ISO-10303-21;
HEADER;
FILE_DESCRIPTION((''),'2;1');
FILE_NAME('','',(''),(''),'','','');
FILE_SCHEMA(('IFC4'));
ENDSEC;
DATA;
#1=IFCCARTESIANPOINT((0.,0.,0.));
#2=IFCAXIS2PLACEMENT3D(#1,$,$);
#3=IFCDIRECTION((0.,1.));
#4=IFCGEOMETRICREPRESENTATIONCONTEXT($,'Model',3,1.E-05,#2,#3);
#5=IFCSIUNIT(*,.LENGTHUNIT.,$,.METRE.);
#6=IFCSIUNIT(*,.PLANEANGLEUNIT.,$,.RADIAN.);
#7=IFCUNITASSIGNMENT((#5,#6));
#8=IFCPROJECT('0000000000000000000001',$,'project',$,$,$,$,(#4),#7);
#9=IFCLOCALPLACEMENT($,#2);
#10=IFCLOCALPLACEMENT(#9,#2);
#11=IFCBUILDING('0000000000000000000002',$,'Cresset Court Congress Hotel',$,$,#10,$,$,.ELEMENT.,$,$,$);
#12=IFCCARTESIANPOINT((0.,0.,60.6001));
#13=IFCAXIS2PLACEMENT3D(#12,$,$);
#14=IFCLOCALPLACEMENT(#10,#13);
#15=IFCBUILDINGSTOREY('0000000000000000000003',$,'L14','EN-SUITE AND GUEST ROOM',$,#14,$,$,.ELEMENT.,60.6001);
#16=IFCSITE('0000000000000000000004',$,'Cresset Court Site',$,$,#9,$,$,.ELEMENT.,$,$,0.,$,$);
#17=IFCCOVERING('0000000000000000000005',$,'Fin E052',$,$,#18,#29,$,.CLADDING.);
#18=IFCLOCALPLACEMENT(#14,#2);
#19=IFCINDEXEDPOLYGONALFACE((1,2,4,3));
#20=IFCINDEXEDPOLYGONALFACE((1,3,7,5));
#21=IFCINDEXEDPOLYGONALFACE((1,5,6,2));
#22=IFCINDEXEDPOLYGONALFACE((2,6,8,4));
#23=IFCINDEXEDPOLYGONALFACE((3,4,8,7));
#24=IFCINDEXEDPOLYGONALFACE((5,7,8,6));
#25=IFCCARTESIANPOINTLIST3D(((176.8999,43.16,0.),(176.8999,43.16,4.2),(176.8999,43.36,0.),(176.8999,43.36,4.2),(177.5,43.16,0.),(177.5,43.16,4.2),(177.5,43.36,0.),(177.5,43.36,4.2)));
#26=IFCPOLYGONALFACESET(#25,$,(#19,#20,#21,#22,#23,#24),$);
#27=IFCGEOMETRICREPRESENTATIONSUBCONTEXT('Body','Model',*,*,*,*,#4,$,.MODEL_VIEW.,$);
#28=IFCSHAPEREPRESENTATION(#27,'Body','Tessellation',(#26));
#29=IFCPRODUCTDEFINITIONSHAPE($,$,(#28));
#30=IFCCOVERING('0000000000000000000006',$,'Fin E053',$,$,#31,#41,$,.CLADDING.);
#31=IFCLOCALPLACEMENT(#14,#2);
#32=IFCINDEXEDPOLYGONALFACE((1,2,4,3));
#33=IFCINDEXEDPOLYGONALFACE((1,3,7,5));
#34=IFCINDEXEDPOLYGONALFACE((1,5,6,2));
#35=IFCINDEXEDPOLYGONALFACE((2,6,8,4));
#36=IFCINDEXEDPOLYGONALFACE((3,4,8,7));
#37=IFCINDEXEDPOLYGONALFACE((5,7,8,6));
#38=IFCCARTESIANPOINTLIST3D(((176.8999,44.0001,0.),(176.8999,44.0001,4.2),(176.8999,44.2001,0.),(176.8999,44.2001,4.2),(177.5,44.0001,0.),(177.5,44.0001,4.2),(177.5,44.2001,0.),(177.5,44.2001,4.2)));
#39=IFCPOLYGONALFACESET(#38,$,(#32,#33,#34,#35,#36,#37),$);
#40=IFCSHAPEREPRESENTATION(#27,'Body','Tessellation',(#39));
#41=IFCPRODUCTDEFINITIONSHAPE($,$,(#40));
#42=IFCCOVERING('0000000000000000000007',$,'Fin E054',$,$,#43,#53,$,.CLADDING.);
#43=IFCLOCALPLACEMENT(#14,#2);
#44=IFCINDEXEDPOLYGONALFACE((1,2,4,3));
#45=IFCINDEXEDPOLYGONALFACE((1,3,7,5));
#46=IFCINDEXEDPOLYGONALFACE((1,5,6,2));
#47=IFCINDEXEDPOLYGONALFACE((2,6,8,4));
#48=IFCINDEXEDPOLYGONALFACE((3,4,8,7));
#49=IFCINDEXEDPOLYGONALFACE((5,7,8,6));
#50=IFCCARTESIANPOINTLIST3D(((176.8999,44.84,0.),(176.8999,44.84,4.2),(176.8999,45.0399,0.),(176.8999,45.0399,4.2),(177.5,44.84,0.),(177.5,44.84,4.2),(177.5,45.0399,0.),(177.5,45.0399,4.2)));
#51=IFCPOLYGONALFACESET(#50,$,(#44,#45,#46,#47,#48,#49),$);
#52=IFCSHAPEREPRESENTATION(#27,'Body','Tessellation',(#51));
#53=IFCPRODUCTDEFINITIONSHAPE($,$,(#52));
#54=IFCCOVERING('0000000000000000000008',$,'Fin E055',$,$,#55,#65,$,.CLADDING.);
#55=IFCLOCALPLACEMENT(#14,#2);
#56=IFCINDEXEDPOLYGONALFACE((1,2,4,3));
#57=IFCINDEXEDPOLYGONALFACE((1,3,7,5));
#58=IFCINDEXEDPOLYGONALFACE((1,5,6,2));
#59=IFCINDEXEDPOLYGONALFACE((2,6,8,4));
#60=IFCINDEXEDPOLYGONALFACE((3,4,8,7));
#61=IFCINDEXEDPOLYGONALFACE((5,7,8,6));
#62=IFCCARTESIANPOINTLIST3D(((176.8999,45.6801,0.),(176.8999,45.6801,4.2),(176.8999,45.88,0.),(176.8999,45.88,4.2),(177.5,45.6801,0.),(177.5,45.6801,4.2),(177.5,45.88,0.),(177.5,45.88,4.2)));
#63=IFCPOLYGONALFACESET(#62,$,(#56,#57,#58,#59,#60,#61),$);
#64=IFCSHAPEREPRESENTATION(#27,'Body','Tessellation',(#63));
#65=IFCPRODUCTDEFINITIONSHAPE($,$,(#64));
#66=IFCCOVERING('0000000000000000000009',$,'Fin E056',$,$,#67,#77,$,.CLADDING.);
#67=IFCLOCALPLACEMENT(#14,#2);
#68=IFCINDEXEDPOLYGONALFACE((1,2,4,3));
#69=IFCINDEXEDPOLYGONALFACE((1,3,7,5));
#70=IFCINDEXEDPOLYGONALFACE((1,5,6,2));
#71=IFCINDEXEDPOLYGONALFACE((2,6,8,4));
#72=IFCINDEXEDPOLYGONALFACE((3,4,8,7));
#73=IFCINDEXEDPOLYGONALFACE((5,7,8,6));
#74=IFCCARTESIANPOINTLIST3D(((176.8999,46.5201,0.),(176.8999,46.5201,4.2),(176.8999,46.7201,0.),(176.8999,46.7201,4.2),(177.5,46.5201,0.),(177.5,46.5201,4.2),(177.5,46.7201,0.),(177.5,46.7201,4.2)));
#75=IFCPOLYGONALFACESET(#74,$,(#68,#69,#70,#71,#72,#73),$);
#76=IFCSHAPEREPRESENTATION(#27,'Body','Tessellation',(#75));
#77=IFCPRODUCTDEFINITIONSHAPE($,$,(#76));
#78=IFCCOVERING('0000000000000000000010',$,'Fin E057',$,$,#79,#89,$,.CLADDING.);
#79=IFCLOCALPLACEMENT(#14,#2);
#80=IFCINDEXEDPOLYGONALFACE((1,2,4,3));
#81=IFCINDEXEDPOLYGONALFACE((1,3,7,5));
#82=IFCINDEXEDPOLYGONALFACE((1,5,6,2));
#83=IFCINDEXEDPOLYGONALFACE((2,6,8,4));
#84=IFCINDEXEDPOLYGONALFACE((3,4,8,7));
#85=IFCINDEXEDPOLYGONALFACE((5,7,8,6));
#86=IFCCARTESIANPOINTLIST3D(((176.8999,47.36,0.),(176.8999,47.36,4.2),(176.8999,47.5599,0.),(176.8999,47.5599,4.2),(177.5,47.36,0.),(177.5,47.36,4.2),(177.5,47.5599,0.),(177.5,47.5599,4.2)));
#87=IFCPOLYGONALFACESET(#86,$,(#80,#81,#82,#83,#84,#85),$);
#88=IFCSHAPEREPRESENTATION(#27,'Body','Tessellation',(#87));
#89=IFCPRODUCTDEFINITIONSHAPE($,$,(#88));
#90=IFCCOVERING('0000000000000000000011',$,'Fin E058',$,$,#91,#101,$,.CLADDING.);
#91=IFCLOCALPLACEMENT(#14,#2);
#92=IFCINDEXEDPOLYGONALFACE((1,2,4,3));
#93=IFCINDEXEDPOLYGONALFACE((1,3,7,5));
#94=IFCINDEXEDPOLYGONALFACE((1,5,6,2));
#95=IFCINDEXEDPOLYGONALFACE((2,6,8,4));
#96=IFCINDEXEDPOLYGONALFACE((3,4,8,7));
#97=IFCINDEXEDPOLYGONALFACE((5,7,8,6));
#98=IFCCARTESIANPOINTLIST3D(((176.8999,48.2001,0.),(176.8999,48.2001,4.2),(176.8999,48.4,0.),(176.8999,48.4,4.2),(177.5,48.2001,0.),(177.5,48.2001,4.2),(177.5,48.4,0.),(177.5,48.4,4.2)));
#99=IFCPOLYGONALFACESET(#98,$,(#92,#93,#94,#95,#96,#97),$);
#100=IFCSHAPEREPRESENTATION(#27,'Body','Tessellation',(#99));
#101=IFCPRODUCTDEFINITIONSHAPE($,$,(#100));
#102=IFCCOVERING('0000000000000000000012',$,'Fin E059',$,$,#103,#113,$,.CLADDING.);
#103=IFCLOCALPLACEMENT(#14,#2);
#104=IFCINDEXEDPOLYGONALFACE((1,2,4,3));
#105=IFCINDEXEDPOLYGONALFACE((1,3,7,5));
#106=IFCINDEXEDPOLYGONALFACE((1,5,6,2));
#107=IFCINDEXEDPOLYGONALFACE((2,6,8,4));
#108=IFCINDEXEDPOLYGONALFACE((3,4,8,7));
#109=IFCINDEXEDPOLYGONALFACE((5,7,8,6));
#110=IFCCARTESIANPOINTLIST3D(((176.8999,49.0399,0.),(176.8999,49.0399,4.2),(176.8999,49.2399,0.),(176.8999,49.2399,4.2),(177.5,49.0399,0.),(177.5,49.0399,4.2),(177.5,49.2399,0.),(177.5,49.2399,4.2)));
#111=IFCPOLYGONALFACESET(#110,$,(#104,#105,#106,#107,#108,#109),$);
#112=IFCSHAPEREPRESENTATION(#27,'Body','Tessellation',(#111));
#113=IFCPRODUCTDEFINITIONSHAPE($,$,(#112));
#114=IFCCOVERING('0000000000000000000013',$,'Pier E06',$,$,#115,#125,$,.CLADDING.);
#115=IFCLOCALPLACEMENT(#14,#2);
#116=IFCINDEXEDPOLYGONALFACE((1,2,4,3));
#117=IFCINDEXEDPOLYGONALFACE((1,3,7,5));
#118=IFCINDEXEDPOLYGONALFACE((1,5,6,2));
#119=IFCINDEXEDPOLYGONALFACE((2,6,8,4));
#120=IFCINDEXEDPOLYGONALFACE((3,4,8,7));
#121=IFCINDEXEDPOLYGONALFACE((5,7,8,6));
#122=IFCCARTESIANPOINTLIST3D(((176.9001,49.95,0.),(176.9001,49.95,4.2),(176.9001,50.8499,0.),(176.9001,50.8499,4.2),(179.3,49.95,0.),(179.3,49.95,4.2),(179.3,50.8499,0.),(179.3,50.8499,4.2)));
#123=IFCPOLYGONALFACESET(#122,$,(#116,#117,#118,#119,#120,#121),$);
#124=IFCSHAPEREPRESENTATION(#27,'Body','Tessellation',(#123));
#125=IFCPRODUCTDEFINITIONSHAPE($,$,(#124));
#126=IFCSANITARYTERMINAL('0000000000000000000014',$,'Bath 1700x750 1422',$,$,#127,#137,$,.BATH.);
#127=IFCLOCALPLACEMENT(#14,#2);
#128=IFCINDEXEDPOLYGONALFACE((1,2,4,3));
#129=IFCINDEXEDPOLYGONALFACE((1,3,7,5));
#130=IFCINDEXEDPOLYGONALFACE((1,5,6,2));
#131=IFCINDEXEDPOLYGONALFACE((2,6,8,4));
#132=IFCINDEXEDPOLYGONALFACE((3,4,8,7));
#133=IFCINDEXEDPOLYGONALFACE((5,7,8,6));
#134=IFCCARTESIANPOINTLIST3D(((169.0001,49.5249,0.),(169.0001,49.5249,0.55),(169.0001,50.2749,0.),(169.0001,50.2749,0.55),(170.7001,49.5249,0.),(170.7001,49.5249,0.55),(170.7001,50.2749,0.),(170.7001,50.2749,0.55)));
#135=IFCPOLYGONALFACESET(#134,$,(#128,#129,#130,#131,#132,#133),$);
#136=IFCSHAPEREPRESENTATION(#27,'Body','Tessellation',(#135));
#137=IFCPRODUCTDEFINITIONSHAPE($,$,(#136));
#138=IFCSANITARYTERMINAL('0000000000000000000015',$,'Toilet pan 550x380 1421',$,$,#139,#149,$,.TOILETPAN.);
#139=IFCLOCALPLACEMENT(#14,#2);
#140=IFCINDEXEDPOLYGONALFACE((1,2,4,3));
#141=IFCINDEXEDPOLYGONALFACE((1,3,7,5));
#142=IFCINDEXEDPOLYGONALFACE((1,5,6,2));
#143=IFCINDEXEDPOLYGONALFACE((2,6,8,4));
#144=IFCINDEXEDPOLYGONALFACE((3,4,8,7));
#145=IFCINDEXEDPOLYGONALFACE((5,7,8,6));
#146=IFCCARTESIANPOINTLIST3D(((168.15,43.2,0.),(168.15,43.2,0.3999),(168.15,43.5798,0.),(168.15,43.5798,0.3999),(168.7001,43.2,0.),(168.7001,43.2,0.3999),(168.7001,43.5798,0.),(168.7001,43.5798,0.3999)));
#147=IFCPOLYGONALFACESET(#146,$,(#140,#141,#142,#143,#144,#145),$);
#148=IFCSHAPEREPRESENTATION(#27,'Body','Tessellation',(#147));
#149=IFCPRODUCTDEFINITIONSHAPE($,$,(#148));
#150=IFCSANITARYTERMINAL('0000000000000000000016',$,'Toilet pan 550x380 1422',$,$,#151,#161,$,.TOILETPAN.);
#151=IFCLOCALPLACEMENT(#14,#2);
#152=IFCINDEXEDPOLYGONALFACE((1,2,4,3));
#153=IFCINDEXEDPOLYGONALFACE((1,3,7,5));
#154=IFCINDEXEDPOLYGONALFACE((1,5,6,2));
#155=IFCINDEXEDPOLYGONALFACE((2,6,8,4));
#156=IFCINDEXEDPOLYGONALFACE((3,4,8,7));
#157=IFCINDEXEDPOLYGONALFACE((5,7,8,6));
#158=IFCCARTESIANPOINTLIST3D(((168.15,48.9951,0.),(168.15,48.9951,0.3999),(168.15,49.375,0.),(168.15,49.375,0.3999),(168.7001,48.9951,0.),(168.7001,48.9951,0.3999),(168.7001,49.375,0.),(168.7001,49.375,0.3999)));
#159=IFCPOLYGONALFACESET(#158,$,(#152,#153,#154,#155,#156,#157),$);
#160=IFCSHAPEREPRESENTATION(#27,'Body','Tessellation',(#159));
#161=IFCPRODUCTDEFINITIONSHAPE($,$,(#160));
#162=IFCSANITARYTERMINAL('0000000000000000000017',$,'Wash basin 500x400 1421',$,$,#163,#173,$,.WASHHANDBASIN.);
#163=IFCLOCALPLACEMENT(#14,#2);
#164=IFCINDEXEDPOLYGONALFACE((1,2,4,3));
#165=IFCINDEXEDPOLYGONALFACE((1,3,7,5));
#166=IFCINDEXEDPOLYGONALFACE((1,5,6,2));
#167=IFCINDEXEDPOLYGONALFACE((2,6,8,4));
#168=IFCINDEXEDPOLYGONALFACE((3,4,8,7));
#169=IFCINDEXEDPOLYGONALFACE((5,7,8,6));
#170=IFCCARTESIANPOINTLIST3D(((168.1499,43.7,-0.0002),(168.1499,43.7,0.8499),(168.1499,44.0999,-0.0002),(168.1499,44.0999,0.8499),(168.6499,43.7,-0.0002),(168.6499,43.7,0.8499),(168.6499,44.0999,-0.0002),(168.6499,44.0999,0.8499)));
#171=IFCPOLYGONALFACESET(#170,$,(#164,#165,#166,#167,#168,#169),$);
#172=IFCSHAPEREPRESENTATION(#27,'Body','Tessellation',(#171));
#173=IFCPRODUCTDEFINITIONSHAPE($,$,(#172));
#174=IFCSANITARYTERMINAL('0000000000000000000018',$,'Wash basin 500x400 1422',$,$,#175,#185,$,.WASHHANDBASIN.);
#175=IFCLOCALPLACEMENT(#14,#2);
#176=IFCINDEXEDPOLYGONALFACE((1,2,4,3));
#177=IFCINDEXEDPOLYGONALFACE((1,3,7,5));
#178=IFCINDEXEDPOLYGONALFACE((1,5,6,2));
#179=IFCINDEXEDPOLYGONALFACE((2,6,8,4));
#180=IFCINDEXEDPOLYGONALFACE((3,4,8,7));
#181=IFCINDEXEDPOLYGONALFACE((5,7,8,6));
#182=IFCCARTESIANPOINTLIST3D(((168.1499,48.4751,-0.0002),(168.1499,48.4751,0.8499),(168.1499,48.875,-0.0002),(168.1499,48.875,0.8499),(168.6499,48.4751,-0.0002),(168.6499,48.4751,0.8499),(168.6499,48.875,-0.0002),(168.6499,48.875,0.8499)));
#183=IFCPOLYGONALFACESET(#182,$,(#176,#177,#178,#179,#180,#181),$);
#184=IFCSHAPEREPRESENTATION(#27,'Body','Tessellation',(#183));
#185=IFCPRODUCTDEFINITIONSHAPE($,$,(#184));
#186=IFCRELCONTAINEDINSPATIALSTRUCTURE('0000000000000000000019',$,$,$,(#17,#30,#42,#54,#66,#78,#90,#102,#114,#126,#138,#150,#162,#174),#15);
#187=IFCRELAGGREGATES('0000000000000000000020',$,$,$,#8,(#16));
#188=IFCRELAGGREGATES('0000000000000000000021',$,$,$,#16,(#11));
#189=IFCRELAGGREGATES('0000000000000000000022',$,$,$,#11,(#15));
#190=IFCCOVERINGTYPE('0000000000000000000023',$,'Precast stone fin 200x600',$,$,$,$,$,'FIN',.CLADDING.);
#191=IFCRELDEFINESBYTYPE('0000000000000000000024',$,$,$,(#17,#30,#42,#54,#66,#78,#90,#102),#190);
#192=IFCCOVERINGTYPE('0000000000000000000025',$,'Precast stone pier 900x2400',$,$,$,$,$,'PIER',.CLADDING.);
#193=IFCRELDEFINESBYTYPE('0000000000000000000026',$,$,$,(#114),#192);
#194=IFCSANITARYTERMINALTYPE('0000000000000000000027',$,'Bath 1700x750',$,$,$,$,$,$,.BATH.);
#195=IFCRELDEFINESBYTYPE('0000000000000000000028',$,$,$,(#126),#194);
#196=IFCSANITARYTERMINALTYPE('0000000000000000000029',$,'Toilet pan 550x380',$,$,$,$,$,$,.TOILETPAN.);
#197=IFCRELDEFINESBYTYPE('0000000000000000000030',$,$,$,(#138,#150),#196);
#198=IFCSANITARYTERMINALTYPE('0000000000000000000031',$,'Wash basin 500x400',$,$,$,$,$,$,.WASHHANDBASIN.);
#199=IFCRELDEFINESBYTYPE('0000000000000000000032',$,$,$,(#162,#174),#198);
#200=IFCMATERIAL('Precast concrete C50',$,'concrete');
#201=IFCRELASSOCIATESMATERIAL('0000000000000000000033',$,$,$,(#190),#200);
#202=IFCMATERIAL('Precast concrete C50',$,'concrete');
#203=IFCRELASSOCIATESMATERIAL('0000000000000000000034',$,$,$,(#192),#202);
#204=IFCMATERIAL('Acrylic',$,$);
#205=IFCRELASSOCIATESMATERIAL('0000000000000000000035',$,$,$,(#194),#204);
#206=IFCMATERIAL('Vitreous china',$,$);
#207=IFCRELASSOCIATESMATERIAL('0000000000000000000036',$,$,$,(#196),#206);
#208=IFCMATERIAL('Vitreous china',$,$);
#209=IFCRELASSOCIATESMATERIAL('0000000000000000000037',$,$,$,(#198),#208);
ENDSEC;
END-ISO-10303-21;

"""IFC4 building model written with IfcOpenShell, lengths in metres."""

from ifc_helpers import new_model, si_unit, direction, frame, origin, origin_2d, place, context, subcontext, project, spatial, rectangle, extrude, material, type_object, element, save


model = new_model("IFC4")

# Units and contexts
model_context = context("Model", 3, precision=1e-05, world=origin(), true_north=direction((0.0, 1.0)))
body_context = subcontext(model_context, "Body", "Model", "MODEL_VIEW")
ifc_project = project(units=[si_unit("LENGTHUNIT", "METRE"), si_unit("PLANEANGLEUNIT", "RADIAN")], contexts=[model_context])

# Site, building, storey
site_placement = place(None, origin())
site = spatial("IfcSite", under=ifc_project, at=site_placement, Name="Cresset Court Site", CompositionType="ELEMENT", RefElevation=0.0)
building_placement = place(site_placement, origin())
building = spatial("IfcBuilding", under=site, at=building_placement, Name="Cresset Court Congress Hotel", CompositionType="ELEMENT")
storey_placement = place(building_placement, frame((0.0, 0.0, 60.6001)))
storey = spatial("IfcBuildingStorey", under=building, at=storey_placement, Name="L14", Description="EN-SUITE AND GUEST ROOM", CompositionType="ELEMENT", Elevation=60.6001)

# Coverings
ifc_material_1 = material(Name="Precast concrete C50", Category="concrete")
covering_type_1 = type_object("IfcCoveringType", Name="Precast stone fin 200x600", ElementType="FIN", PredefinedType="CLADDING", material=ifc_material_1)
for number, where, z_axis, x_axis, name in (
    (1, (177.2, 43.26, 0.0), (0.0, 0.0, 1.0), (1.0, 0.0, 0.0), "Fin E052"),
    (2, (177.2, 44.1001, 0.0), (0.0, 0.0, 1.0), (1.0, 0.0, 0.0), "Fin E053"),
    (3, (177.2, 44.9399, 0.0), (0.0, 0.0, 1.0), (1.0, 0.0, 0.0), "Fin E054"),
    (4, (177.2, 45.78, 0.0), (0.0, 0.0, 1.0), (1.0, 0.0, 0.0), "Fin E055"),
    (5, (177.2, 46.6201, 0.0), (0.0, 0.0, 1.0), (1.0, 0.0, 0.0), "Fin E056"),
    (6, (177.2, 47.46, 0.0), (0.0, 0.0, 1.0), (1.0, 0.0, 0.0), "Fin E057"),
    (7, (177.2, 48.3, 0.0), (0.0, 0.0, 1.0), (1.0, 0.0, 0.0), "Fin E058"),
    (8, (177.2, 49.1399, 0.0), (0.0, 0.0, 1.0), (1.0, 0.0, 0.0), "Fin E059"),
):
    element("IfcCovering", number, at=place(storey_placement, frame(where, z_axis=z_axis, x_axis=x_axis)), inside=storey, type_object=covering_type_1, Name=name, PredefinedType="CLADDING", context=body_context, shape_type="SweptSolid", body=[
        extrude(rectangle(XDim=0.6001, YDim=0.2, at=origin_2d()), origin(), (0.0, 0.0, 1.0), 4.2),
    ])
ifc_material_2 = material(Name="Precast concrete C50", Category="concrete")
covering_type_2 = type_object("IfcCoveringType", Name="Precast stone pier 900x2400", ElementType="PIER", PredefinedType="CLADDING", material=ifc_material_2)
covering_placement = place(storey_placement, frame((178.1001, 50.3999, 0.0), z_axis=(0.0, 0.0, 1.0), x_axis=(1.0, 0.0, 0.0)))
element("IfcCovering", 9, at=covering_placement, inside=storey, type_object=covering_type_2, Name="Pier E06", PredefinedType="CLADDING", context=body_context, shape_type="SweptSolid", body=[
    extrude(rectangle(XDim=2.3999, YDim=0.8999, at=origin_2d()), origin(), (0.0, 0.0, 1.0), 4.2),
])

# Sanitary terminals
ifc_material_3 = material(Name="Acrylic")
sanitary_terminal_type_1 = type_object("IfcSanitaryTerminalType", Name="Bath 1700x750", PredefinedType="BATH", material=ifc_material_3)
sanitary_terminal_placement = place(storey_placement, frame((169.8501, 49.8999, 0.0), z_axis=(0.0, 0.0, 1.0), x_axis=(1.0, 0.0, 0.0)))
element("IfcSanitaryTerminal", 10, at=sanitary_terminal_placement, inside=storey, type_object=sanitary_terminal_type_1, Name="Bath 1700x750 1422", PredefinedType="BATH", context=body_context, shape_type="SweptSolid", body=[
    extrude(rectangle(XDim=1.7, YDim=0.75, at=origin_2d()), origin(), (0.0, 0.0, 1.0), 0.55),
])
ifc_material_4 = material(Name="Vitreous china")
sanitary_terminal_type_2 = type_object("IfcSanitaryTerminalType", Name="Toilet pan 550x380", PredefinedType="TOILETPAN", material=ifc_material_4)
for number, where, z_axis, x_axis, name in (
    (11, (168.425, 43.3899, 0.0), (0.0, 0.0, 1.0), (1.0, 0.0, 0.0), "Toilet pan 550x380 1421"),
    (12, (168.425, 49.1851, 0.0), (0.0, 0.0, 1.0), (1.0, 0.0, 0.0), "Toilet pan 550x380 1422"),
):
    element("IfcSanitaryTerminal", number, at=place(storey_placement, frame(where, z_axis=z_axis, x_axis=x_axis)), inside=storey, type_object=sanitary_terminal_type_2, Name=name, PredefinedType="TOILETPAN", context=body_context, shape_type="SweptSolid", body=[
        extrude(rectangle(XDim=0.55, YDim=0.3799, at=origin_2d()), origin(), (0.0, 0.0, 1.0), 0.3999),
    ])
ifc_material_5 = material(Name="Vitreous china")
sanitary_terminal_type_3 = type_object("IfcSanitaryTerminalType", Name="Wash basin 500x400", PredefinedType="WASHHANDBASIN", material=ifc_material_5)
for number, where, z_axis, x_axis, name in (
    (13, (168.3999, 43.8999, -0.0002), (0.0, 0.0, 1.0), (1.0, 0.0, 0.0), "Wash basin 500x400 1421"),
    (14, (168.3999, 48.675, -0.0002), (0.0, 0.0, 1.0), (1.0, 0.0, 0.0), "Wash basin 500x400 1422"),
):
    element("IfcSanitaryTerminal", number, at=place(storey_placement, frame(where, z_axis=z_axis, x_axis=x_axis)), inside=storey, type_object=sanitary_terminal_type_3, Name=name, PredefinedType="WASHHANDBASIN", context=body_context, shape_type="SweptSolid", body=[
        extrude(rectangle(XDim=0.5, YDim=0.3999, at=origin_2d()), origin(), (0.0, 0.0, 1.0), 0.8501),
    ])

save(model, "model.ifc")
